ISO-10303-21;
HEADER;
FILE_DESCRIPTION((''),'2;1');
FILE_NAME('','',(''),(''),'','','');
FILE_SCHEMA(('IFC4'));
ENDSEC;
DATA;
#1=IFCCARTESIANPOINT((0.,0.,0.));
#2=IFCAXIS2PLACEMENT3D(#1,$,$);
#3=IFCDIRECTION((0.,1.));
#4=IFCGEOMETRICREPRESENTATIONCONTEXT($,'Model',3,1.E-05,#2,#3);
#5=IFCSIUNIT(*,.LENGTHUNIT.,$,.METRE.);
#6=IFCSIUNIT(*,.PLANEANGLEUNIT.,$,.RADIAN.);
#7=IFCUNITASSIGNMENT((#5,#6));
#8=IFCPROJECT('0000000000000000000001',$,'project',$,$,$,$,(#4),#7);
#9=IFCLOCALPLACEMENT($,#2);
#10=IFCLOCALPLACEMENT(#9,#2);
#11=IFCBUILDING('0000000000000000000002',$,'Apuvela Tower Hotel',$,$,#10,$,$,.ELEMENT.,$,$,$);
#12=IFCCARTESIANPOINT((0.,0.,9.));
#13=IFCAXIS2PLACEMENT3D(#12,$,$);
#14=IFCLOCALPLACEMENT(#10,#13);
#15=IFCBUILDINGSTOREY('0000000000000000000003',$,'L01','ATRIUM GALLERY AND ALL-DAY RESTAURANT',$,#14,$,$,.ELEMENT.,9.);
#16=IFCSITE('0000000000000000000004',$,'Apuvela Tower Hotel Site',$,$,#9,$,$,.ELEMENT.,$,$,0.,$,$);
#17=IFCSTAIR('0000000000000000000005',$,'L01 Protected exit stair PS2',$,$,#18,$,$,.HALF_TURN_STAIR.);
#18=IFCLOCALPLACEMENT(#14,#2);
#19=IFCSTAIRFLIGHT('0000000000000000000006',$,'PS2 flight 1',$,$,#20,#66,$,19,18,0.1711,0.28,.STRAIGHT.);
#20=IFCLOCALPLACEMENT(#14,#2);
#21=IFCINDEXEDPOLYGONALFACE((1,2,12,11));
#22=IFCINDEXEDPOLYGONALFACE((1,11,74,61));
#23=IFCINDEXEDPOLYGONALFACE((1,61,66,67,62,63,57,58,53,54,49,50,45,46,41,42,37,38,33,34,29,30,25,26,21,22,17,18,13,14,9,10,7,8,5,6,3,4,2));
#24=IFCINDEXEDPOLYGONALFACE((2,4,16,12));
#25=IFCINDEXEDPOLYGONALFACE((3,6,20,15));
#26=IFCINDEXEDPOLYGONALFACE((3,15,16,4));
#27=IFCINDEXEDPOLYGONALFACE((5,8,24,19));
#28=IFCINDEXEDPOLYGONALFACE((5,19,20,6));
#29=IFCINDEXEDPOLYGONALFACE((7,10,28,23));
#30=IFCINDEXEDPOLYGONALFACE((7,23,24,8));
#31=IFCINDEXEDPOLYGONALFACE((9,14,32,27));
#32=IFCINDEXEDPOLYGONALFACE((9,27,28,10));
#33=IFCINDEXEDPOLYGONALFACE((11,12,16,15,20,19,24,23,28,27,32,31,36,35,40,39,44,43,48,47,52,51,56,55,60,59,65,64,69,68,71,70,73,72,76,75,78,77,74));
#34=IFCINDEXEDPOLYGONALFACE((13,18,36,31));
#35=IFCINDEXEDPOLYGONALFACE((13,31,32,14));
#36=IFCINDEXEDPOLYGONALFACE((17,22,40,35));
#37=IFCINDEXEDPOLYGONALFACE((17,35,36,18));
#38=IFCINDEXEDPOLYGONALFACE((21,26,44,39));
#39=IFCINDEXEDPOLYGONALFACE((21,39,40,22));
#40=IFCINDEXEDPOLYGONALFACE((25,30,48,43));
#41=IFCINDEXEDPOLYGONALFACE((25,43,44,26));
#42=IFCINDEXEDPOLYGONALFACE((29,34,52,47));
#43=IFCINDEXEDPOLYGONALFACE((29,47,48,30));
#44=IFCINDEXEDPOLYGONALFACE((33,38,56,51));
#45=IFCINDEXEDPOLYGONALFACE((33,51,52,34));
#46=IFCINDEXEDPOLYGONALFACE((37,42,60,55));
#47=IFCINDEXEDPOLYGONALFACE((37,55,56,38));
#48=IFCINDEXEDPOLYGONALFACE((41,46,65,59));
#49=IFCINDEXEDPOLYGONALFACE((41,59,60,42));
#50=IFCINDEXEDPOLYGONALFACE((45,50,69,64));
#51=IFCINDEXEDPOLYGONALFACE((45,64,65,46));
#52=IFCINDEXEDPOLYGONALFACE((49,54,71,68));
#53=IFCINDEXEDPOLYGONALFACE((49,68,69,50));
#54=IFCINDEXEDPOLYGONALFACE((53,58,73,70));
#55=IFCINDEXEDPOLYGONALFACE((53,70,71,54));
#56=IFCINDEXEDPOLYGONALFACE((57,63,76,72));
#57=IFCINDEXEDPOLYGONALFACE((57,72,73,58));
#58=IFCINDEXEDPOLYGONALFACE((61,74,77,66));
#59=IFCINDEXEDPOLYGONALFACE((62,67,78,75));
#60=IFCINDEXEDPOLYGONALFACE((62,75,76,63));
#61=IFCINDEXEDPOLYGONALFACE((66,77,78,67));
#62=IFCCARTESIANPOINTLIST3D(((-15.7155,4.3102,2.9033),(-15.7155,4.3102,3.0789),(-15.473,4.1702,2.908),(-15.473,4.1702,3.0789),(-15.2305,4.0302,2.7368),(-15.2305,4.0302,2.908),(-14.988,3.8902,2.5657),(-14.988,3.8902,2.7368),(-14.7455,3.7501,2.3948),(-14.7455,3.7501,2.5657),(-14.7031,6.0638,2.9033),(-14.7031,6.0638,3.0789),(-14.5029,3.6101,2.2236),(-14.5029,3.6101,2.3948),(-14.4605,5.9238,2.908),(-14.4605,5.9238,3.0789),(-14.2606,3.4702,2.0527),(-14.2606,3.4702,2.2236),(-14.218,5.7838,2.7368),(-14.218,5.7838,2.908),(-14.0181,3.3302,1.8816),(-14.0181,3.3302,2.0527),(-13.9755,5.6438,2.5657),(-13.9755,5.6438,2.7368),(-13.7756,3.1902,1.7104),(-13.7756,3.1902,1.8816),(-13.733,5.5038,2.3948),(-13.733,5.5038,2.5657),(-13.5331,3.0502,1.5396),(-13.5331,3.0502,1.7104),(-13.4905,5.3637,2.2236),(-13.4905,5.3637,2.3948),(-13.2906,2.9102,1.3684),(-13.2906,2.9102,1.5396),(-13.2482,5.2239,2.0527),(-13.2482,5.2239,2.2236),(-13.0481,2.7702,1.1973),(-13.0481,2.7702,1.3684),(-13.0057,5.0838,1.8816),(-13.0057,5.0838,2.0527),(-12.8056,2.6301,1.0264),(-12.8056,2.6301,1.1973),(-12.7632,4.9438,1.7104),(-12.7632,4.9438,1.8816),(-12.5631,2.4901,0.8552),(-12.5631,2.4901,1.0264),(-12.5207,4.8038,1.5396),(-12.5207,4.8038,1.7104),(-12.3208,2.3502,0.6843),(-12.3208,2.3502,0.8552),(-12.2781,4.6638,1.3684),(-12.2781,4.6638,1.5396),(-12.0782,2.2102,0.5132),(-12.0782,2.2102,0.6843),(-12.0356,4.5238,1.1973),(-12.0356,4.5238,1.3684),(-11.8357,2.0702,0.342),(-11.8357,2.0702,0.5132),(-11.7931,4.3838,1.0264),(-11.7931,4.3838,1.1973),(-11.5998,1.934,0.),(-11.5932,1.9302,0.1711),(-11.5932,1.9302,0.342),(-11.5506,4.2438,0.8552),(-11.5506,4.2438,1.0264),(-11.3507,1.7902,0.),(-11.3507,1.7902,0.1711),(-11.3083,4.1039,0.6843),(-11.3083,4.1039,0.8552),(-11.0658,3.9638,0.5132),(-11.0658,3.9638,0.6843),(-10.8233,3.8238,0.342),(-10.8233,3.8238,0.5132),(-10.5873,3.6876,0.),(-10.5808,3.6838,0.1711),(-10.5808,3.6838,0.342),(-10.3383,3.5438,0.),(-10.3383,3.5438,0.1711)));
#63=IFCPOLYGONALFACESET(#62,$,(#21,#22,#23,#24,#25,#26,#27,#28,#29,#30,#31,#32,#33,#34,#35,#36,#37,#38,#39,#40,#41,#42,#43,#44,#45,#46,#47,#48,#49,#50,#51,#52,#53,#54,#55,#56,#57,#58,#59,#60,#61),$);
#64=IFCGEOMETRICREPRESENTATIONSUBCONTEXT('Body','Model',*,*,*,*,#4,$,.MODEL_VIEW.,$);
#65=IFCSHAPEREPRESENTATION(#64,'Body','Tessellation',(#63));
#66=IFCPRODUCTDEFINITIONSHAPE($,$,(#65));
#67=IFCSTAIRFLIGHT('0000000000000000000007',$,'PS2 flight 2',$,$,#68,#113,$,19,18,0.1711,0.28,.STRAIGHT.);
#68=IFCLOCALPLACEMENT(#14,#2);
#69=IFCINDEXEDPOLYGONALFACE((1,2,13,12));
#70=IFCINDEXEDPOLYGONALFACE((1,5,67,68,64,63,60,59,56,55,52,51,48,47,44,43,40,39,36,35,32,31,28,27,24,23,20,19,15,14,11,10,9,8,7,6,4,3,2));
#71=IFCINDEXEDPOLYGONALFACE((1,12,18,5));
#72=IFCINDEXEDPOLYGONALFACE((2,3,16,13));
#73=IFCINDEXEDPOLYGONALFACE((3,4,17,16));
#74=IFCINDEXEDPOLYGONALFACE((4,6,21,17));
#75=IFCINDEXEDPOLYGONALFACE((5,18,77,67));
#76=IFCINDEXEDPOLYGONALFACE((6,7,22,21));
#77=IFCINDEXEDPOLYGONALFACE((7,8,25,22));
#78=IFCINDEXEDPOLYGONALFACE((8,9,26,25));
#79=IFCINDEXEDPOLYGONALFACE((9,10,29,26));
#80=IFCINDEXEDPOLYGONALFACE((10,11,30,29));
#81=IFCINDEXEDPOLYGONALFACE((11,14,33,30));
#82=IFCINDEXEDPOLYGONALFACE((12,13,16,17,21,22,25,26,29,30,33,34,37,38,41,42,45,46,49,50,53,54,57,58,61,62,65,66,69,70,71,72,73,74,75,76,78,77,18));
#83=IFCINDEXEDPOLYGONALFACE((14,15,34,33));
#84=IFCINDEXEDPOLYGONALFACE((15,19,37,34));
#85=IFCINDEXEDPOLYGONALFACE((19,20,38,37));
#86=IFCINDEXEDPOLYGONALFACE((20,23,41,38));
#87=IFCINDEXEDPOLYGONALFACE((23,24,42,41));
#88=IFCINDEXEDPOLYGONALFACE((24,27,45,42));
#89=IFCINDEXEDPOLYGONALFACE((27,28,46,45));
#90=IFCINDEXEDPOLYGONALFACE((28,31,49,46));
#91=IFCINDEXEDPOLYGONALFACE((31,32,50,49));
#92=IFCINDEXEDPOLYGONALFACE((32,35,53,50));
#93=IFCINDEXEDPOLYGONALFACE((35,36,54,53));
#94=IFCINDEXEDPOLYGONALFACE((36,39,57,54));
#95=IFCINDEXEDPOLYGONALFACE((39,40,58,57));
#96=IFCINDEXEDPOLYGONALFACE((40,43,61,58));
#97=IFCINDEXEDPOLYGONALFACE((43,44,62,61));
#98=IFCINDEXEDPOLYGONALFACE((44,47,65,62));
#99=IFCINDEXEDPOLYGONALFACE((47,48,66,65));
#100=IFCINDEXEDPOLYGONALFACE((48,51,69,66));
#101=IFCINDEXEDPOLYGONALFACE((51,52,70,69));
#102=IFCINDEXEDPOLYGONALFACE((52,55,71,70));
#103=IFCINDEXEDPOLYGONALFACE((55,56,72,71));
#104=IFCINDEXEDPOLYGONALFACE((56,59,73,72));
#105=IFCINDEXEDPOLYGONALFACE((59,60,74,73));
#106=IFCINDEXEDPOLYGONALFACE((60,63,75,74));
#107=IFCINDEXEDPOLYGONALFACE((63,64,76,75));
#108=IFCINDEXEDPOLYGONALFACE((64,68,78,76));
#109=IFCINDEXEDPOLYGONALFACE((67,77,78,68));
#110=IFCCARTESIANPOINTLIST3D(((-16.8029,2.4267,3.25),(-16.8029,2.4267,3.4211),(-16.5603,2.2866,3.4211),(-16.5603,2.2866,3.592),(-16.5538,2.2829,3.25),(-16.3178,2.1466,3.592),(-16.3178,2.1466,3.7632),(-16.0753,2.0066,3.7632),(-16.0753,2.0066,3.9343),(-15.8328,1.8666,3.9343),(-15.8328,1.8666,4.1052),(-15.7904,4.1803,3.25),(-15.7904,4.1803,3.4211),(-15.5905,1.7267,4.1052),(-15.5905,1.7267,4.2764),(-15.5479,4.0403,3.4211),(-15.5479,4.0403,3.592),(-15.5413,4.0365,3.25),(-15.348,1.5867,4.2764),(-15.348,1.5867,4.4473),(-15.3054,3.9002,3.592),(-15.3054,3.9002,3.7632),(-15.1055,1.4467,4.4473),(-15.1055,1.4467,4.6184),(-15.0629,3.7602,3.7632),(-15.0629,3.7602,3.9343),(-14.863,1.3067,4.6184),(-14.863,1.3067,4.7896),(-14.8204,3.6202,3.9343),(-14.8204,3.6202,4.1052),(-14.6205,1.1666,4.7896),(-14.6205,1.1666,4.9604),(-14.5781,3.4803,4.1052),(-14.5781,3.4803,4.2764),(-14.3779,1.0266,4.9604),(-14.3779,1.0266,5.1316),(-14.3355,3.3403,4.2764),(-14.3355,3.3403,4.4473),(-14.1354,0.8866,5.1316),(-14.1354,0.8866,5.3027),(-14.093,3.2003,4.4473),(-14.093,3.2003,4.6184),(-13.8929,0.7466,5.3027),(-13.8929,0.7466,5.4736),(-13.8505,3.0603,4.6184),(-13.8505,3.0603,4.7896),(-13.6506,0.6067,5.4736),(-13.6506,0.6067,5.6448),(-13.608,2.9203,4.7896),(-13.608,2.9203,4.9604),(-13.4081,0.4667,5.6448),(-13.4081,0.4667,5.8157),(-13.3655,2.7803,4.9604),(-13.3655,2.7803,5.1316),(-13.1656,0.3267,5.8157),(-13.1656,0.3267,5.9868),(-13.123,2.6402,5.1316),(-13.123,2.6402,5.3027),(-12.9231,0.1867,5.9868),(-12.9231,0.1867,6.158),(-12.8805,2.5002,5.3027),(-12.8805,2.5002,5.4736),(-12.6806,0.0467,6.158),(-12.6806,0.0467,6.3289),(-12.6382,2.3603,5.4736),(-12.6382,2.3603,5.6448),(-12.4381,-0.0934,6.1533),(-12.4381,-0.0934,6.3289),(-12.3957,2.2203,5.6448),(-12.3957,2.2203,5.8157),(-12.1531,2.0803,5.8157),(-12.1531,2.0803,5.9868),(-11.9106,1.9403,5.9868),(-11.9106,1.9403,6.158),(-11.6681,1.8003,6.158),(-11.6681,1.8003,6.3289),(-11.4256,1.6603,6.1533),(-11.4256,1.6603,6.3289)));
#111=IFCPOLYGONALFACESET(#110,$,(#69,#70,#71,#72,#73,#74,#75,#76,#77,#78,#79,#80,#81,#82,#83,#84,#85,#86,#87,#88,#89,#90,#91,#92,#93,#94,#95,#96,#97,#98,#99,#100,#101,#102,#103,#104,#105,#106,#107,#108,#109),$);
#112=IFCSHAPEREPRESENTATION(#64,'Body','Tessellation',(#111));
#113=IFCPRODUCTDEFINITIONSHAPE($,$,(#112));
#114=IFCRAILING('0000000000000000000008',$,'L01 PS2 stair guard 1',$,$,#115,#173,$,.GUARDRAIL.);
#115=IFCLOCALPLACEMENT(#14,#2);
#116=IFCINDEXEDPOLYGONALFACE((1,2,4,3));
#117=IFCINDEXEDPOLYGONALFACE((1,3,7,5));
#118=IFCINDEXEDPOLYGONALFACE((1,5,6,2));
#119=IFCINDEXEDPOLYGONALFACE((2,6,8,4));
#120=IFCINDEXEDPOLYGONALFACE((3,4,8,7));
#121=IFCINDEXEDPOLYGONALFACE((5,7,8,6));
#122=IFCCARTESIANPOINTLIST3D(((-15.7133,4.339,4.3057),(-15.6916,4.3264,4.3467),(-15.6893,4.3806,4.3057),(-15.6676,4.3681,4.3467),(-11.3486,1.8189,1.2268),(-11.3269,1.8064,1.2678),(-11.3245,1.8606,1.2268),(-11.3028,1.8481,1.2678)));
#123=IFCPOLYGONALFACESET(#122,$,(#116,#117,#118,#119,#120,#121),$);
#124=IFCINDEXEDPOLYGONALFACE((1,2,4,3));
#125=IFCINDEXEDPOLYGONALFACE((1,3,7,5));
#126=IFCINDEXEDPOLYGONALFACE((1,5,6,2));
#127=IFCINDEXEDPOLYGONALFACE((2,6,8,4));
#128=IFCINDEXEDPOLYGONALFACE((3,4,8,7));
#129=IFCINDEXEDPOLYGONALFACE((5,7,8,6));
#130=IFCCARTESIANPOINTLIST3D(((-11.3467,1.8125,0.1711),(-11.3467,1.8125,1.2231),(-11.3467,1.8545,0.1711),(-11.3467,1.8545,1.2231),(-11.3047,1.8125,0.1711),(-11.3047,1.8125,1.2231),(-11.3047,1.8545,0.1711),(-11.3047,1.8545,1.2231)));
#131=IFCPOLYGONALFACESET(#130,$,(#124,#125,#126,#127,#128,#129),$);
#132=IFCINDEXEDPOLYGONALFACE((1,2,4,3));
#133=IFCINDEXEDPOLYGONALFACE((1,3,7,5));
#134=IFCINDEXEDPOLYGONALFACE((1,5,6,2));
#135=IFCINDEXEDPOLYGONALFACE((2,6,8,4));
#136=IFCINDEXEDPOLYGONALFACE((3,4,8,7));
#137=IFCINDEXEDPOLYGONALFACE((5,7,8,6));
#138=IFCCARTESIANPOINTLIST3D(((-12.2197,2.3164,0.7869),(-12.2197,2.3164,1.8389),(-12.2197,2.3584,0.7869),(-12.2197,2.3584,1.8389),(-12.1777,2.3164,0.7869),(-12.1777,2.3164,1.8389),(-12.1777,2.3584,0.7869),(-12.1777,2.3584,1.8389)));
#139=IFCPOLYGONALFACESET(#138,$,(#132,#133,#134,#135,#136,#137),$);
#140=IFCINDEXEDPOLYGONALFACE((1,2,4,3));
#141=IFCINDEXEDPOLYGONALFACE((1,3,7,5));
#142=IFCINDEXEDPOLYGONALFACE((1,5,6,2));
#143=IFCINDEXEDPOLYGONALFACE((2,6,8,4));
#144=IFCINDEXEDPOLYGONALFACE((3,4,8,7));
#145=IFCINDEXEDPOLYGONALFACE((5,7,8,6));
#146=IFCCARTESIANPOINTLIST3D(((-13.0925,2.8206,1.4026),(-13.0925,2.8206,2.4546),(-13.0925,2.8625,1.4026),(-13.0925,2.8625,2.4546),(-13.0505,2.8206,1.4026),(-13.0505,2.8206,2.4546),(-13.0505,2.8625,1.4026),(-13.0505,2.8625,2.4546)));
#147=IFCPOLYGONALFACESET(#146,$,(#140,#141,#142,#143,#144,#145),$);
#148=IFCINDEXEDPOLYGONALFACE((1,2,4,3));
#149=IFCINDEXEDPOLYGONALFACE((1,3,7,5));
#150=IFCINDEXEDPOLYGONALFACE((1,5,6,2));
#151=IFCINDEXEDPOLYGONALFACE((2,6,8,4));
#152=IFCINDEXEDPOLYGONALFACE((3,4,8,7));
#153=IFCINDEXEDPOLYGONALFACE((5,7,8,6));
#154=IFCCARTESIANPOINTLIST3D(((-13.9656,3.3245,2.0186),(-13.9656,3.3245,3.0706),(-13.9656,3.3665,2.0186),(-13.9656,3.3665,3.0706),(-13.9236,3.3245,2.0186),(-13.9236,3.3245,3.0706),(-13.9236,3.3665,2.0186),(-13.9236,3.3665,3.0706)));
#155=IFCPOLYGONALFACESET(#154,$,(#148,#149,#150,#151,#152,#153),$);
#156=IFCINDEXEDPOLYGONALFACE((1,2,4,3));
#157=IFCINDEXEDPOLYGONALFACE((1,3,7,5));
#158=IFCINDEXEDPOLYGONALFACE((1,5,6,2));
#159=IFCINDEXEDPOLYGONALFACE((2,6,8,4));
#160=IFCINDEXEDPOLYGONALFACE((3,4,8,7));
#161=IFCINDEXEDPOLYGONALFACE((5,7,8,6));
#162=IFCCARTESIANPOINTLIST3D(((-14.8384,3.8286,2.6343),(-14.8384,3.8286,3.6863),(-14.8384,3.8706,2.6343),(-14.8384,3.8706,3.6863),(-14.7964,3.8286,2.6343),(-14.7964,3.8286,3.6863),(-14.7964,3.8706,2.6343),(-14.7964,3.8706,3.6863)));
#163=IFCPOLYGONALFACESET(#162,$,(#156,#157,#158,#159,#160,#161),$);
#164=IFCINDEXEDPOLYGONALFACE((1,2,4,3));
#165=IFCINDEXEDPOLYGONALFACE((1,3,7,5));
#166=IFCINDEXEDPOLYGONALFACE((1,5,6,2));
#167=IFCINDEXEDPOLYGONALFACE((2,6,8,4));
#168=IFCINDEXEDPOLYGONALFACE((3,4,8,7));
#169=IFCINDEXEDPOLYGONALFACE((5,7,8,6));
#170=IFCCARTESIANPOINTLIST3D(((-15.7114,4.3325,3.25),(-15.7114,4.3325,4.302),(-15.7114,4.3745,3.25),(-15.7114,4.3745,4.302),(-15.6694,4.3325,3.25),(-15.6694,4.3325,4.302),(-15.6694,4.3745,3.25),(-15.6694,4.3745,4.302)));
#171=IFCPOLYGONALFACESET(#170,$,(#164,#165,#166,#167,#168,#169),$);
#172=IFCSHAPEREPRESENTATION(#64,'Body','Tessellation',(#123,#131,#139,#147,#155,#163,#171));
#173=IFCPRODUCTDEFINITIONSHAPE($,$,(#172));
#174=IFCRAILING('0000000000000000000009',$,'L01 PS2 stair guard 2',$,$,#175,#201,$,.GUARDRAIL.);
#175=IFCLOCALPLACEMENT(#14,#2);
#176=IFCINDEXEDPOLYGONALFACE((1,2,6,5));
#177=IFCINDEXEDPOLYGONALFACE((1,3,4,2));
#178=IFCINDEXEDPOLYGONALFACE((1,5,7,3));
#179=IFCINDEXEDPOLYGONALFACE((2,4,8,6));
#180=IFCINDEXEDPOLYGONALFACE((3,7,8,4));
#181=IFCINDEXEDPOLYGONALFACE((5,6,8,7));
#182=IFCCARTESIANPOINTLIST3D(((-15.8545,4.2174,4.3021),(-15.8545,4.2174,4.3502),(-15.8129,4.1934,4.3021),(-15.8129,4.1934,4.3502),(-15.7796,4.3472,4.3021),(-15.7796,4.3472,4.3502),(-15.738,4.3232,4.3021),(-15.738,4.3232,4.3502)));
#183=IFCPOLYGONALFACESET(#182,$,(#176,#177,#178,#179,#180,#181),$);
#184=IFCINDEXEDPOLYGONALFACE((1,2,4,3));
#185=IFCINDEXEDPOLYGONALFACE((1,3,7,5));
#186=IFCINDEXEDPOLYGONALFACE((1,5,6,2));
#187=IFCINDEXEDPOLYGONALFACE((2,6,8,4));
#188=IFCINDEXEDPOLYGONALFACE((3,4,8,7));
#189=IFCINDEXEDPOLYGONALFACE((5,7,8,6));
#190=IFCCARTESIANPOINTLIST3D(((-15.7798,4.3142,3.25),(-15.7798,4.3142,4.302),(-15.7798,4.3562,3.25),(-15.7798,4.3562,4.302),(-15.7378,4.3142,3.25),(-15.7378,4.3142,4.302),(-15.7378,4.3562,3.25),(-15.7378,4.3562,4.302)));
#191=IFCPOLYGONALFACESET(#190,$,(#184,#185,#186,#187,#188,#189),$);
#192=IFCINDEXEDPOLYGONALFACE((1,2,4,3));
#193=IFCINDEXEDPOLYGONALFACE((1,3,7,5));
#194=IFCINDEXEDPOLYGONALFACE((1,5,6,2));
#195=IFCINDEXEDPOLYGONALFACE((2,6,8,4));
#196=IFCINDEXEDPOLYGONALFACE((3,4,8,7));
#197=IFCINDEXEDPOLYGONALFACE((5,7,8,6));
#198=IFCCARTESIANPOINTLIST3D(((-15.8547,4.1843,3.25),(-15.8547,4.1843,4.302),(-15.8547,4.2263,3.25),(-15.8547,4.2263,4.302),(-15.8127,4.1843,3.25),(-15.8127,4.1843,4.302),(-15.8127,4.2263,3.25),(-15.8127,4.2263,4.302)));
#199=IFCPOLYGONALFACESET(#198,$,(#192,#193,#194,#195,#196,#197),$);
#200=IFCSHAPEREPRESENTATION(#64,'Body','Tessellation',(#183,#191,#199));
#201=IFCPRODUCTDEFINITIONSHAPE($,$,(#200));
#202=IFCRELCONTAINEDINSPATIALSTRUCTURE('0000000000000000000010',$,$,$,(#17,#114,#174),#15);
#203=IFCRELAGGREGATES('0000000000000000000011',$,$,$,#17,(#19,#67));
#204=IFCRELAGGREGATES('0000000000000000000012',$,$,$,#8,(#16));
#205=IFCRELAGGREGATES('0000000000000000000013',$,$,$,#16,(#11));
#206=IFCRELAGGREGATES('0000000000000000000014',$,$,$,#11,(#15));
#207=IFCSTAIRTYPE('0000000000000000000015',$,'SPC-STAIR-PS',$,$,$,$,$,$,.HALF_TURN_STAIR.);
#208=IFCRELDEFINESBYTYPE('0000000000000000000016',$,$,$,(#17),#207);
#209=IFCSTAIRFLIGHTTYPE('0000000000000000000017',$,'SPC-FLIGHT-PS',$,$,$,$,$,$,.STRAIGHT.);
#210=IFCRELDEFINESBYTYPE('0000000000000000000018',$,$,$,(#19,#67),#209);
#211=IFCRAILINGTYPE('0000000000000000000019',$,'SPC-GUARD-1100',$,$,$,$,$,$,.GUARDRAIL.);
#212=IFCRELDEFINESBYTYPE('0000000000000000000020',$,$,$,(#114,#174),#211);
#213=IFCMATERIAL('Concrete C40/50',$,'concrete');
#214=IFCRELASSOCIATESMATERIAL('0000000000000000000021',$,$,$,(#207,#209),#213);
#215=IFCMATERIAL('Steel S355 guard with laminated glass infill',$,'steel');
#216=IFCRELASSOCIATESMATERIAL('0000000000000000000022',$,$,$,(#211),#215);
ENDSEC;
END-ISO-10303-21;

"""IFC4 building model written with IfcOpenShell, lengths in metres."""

from ifc_helpers import new_model, si_unit, direction, frame, origin, origin_2d, place, context, subcontext, project, spatial, polyline, rectangle, outline, extrude, material, type_object, element, aggregate, save


model = new_model("IFC4")

# Units and contexts
model_context = context("Model", 3, precision=1e-05, world=origin(), true_north=direction((0.0, 1.0)))
body_context = subcontext(model_context, "Body", "Model", "MODEL_VIEW")
ifc_project = project(units=[si_unit("LENGTHUNIT", "METRE"), si_unit("PLANEANGLEUNIT", "RADIAN")], contexts=[model_context])

# Site, building, storey
site_placement = place(None, origin())
site = spatial("IfcSite", under=ifc_project, at=site_placement, Name="Apuvela Tower Hotel Site", CompositionType="ELEMENT", RefElevation=0.0)
building_placement = place(site_placement, origin())
building = spatial("IfcBuilding", under=site, at=building_placement, Name="Apuvela Tower Hotel", CompositionType="ELEMENT")
storey_placement = place(building_placement, frame((0.0, 0.0, 9.0)))
storey = spatial("IfcBuildingStorey", under=building, at=storey_placement, Name="L01", Description="ATRIUM GALLERY AND ALL-DAY RESTAURANT", CompositionType="ELEMENT", Elevation=9.0)

# Stair, stair flights
ifc_material_1 = material(Name="Concrete C40/50", Category="concrete")
stair_type_1 = type_object("IfcStairType", Name="SPC-STAIR-PS", PredefinedType="HALF_TURN_STAIR", material=ifc_material_1)
stair_1_placement = place(storey_placement, origin())
stair_1 = element("IfcStair", 1, at=stair_1_placement, inside=storey, type_object=stair_type_1, Name="L01 Protected exit stair PS2", PredefinedType="HALF_TURN_STAIR")
stair_flight_type = type_object("IfcStairFlightType", Name="SPC-FLIGHT-PS", PredefinedType="STRAIGHT", material=ifc_material_1)
stair_flight_1_placement = place(storey_placement, frame((-10.8445, 2.667, 0.0), z_axis=(0.0, 0.0, 1.0), x_axis=(-0.866025, 0.5, 0.0)))
stair_flight_1 = element("IfcStairFlight", 2, at=stair_flight_1_placement, type_object=stair_flight_type, Name="PS2 flight 1", NumberOfRisers=19, NumberOfTreads=18, PredefinedType="STRAIGHT", RiserHeight=0.1711, TreadLength=0.28, context=body_context, shape_type="SweptSolid", body=[
    extrude(outline(polyline([(0.0, 0.0), (0.0, 0.1711), (0.28, 0.1711), (0.28, 0.342), (0.5601, 0.342), (0.5601, 0.5132), (0.8401, 0.5132), (0.8401, 0.6843), (1.1201, 0.6843), (1.1201, 0.8552), (1.3999, 0.8552), (1.3999, 1.0264), (1.6799, 1.0264), (1.6799, 1.1973), (1.96, 1.1973), (1.96, 1.3684), (2.24, 1.3684), (2.24, 1.5396), (2.52, 1.5396), (2.52, 1.7104), (2.8, 1.7104), (2.8, 1.8816), (3.0801, 1.8816), (3.0801, 2.0527), (3.3601, 2.0527), (3.3601, 2.2236), (3.6399, 2.2236), (3.6399, 2.3948), (3.9199, 2.3948), (3.9199, 2.5657), (4.2, 2.5657), (4.2, 2.7368), (4.48, 2.7368), (4.48, 2.908), (4.76, 2.908), (4.76, 3.0789), (5.04, 3.0789), (5.04, 3.25), (5.04, 2.9033), (0.2876, 0.0), (0.0, 0.0)])), frame((0.0, 1.0125, 0.0), z_axis=(0.0, -1.0, 0.0), x_axis=(1.0, 0.0, 0.0)), (0.0, 0.0, 1.0), 2.0249),
])
stair_flight_2_placement = place(storey_placement, frame((-16.2966, 3.3035, 3.25), z_axis=(0.0, 0.0, 1.0), x_axis=(0.866025, -0.5, 0.0)))
stair_flight_2 = element("IfcStairFlight", 3, at=stair_flight_2_placement, type_object=stair_flight_type, Name="PS2 flight 2", NumberOfRisers=19, NumberOfTreads=18, PredefinedType="STRAIGHT", RiserHeight=0.1711, TreadLength=0.28, context=body_context, shape_type="SweptSolid", body=[
    extrude(outline(polyline([(0.0, 0.0), (0.0, 0.1711), (0.28, 0.1711), (0.28, 0.342), (0.5601, 0.342), (0.5601, 0.5132), (0.8401, 0.5132), (0.8401, 0.6843), (1.1201, 0.6843), (1.1201, 0.8552), (1.3999, 0.8552), (1.3999, 1.0264), (1.6799, 1.0264), (1.6799, 1.1973), (1.96, 1.1973), (1.96, 1.3684), (2.24, 1.3684), (2.24, 1.5396), (2.52, 1.5396), (2.52, 1.7104), (2.8, 1.7104), (2.8, 1.8816), (3.0801, 1.8816), (3.0801, 2.0527), (3.3601, 2.0527), (3.3601, 2.2236), (3.6399, 2.2236), (3.6399, 2.3948), (3.9199, 2.3948), (3.9199, 2.5657), (4.2, 2.5657), (4.2, 2.7368), (4.48, 2.7368), (4.48, 2.908), (4.76, 2.908), (4.76, 3.0789), (5.04, 3.0789), (5.04, 3.25), (5.04, 2.9033), (0.2876, 0.0), (0.0, 0.0)])), frame((0.0, 1.0125, 0.0), z_axis=(0.0, -1.0, 0.0), x_axis=(1.0, 0.0, 0.0)), (0.0, 0.0, 1.0), 2.0249),
])
aggregate(stair_1, [stair_flight_1, stair_flight_2])

# Railings
ifc_material_2 = material(Name="Steel S355 guard with laminated glass infill", Category="steel")
railing_type_1 = type_object("IfcRailingType", Name="SPC-GUARD-1100", PredefinedType="GUARDRAIL", material=ifc_material_2)
railing_1_placement = place(storey_placement, frame((-11.3257, 1.8335, 0.1711)))
element("IfcRailing", 4, at=railing_1_placement, inside=storey, type_object=railing_type_1, Name="L01 PS2 stair guard 1", PredefinedType="GUARDRAIL", context=body_context, shape_type="SweptSolid", body=[
    extrude(rectangle(XDim=0.0481, YDim=0.0481, at=origin_2d()), frame((0.0, 0.0, 1.0762), z_axis=(-0.739036, 0.426688, 0.52131), x_axis=(-0.500005, -0.866023, 0.0)), (0.0, 0.0, 1.0), 5.906),
    extrude(rectangle(XDim=0.042, YDim=0.042, at=origin_2d()), origin(), (0.0, 0.0, 1.0), 1.052),
    extrude(rectangle(XDim=0.042, YDim=0.042, at=origin_2d()), frame((-0.873, 0.5039, 0.6157)), (0.0, 0.0, 1.0), 1.052),
    extrude(rectangle(XDim=0.042, YDim=0.042, at=origin_2d()), frame((-1.7458, 1.0081, 1.2314)), (0.0, 0.0, 1.0), 1.052),
    extrude(rectangle(XDim=0.042, YDim=0.042, at=origin_2d()), frame((-2.6189, 1.512, 1.8474)), (0.0, 0.0, 1.0), 1.052),
    extrude(rectangle(XDim=0.042, YDim=0.042, at=origin_2d()), frame((-3.4917, 2.0161, 2.4631)), (0.0, 0.0, 1.0), 1.052),
    extrude(rectangle(XDim=0.042, YDim=0.042, at=origin_2d()), frame((-4.3647, 2.52, 3.0789)), (0.0, 0.0, 1.0), 1.052),
])
railing_2_placement = place(storey_placement, frame((-15.7588, 4.3352, 3.25)))
element("IfcRailing", 5, at=railing_2_placement, inside=storey, type_object=railing_type_1, Name="L01 PS2 stair guard 2", PredefinedType="GUARDRAIL", context=body_context, shape_type="SweptSolid", body=[
    extrude(rectangle(XDim=0.0481, YDim=0.0481, at=origin_2d()), frame((0.0, 0.0, 1.0762), z_axis=(-0.499816, -0.866131, 0.0), x_axis=(0.866131, -0.499816, 0.0)), (0.0, 0.0, 1.0), 0.1499),
    extrude(rectangle(XDim=0.042, YDim=0.042, at=origin_2d()), origin(), (0.0, 0.0, 1.0), 1.052),
    extrude(rectangle(XDim=0.042, YDim=0.042, at=origin_2d()), frame((-0.075, -0.1299, 0.0)), (0.0, 0.0, 1.0), 1.052),
])

save(model, "model.ifc")
